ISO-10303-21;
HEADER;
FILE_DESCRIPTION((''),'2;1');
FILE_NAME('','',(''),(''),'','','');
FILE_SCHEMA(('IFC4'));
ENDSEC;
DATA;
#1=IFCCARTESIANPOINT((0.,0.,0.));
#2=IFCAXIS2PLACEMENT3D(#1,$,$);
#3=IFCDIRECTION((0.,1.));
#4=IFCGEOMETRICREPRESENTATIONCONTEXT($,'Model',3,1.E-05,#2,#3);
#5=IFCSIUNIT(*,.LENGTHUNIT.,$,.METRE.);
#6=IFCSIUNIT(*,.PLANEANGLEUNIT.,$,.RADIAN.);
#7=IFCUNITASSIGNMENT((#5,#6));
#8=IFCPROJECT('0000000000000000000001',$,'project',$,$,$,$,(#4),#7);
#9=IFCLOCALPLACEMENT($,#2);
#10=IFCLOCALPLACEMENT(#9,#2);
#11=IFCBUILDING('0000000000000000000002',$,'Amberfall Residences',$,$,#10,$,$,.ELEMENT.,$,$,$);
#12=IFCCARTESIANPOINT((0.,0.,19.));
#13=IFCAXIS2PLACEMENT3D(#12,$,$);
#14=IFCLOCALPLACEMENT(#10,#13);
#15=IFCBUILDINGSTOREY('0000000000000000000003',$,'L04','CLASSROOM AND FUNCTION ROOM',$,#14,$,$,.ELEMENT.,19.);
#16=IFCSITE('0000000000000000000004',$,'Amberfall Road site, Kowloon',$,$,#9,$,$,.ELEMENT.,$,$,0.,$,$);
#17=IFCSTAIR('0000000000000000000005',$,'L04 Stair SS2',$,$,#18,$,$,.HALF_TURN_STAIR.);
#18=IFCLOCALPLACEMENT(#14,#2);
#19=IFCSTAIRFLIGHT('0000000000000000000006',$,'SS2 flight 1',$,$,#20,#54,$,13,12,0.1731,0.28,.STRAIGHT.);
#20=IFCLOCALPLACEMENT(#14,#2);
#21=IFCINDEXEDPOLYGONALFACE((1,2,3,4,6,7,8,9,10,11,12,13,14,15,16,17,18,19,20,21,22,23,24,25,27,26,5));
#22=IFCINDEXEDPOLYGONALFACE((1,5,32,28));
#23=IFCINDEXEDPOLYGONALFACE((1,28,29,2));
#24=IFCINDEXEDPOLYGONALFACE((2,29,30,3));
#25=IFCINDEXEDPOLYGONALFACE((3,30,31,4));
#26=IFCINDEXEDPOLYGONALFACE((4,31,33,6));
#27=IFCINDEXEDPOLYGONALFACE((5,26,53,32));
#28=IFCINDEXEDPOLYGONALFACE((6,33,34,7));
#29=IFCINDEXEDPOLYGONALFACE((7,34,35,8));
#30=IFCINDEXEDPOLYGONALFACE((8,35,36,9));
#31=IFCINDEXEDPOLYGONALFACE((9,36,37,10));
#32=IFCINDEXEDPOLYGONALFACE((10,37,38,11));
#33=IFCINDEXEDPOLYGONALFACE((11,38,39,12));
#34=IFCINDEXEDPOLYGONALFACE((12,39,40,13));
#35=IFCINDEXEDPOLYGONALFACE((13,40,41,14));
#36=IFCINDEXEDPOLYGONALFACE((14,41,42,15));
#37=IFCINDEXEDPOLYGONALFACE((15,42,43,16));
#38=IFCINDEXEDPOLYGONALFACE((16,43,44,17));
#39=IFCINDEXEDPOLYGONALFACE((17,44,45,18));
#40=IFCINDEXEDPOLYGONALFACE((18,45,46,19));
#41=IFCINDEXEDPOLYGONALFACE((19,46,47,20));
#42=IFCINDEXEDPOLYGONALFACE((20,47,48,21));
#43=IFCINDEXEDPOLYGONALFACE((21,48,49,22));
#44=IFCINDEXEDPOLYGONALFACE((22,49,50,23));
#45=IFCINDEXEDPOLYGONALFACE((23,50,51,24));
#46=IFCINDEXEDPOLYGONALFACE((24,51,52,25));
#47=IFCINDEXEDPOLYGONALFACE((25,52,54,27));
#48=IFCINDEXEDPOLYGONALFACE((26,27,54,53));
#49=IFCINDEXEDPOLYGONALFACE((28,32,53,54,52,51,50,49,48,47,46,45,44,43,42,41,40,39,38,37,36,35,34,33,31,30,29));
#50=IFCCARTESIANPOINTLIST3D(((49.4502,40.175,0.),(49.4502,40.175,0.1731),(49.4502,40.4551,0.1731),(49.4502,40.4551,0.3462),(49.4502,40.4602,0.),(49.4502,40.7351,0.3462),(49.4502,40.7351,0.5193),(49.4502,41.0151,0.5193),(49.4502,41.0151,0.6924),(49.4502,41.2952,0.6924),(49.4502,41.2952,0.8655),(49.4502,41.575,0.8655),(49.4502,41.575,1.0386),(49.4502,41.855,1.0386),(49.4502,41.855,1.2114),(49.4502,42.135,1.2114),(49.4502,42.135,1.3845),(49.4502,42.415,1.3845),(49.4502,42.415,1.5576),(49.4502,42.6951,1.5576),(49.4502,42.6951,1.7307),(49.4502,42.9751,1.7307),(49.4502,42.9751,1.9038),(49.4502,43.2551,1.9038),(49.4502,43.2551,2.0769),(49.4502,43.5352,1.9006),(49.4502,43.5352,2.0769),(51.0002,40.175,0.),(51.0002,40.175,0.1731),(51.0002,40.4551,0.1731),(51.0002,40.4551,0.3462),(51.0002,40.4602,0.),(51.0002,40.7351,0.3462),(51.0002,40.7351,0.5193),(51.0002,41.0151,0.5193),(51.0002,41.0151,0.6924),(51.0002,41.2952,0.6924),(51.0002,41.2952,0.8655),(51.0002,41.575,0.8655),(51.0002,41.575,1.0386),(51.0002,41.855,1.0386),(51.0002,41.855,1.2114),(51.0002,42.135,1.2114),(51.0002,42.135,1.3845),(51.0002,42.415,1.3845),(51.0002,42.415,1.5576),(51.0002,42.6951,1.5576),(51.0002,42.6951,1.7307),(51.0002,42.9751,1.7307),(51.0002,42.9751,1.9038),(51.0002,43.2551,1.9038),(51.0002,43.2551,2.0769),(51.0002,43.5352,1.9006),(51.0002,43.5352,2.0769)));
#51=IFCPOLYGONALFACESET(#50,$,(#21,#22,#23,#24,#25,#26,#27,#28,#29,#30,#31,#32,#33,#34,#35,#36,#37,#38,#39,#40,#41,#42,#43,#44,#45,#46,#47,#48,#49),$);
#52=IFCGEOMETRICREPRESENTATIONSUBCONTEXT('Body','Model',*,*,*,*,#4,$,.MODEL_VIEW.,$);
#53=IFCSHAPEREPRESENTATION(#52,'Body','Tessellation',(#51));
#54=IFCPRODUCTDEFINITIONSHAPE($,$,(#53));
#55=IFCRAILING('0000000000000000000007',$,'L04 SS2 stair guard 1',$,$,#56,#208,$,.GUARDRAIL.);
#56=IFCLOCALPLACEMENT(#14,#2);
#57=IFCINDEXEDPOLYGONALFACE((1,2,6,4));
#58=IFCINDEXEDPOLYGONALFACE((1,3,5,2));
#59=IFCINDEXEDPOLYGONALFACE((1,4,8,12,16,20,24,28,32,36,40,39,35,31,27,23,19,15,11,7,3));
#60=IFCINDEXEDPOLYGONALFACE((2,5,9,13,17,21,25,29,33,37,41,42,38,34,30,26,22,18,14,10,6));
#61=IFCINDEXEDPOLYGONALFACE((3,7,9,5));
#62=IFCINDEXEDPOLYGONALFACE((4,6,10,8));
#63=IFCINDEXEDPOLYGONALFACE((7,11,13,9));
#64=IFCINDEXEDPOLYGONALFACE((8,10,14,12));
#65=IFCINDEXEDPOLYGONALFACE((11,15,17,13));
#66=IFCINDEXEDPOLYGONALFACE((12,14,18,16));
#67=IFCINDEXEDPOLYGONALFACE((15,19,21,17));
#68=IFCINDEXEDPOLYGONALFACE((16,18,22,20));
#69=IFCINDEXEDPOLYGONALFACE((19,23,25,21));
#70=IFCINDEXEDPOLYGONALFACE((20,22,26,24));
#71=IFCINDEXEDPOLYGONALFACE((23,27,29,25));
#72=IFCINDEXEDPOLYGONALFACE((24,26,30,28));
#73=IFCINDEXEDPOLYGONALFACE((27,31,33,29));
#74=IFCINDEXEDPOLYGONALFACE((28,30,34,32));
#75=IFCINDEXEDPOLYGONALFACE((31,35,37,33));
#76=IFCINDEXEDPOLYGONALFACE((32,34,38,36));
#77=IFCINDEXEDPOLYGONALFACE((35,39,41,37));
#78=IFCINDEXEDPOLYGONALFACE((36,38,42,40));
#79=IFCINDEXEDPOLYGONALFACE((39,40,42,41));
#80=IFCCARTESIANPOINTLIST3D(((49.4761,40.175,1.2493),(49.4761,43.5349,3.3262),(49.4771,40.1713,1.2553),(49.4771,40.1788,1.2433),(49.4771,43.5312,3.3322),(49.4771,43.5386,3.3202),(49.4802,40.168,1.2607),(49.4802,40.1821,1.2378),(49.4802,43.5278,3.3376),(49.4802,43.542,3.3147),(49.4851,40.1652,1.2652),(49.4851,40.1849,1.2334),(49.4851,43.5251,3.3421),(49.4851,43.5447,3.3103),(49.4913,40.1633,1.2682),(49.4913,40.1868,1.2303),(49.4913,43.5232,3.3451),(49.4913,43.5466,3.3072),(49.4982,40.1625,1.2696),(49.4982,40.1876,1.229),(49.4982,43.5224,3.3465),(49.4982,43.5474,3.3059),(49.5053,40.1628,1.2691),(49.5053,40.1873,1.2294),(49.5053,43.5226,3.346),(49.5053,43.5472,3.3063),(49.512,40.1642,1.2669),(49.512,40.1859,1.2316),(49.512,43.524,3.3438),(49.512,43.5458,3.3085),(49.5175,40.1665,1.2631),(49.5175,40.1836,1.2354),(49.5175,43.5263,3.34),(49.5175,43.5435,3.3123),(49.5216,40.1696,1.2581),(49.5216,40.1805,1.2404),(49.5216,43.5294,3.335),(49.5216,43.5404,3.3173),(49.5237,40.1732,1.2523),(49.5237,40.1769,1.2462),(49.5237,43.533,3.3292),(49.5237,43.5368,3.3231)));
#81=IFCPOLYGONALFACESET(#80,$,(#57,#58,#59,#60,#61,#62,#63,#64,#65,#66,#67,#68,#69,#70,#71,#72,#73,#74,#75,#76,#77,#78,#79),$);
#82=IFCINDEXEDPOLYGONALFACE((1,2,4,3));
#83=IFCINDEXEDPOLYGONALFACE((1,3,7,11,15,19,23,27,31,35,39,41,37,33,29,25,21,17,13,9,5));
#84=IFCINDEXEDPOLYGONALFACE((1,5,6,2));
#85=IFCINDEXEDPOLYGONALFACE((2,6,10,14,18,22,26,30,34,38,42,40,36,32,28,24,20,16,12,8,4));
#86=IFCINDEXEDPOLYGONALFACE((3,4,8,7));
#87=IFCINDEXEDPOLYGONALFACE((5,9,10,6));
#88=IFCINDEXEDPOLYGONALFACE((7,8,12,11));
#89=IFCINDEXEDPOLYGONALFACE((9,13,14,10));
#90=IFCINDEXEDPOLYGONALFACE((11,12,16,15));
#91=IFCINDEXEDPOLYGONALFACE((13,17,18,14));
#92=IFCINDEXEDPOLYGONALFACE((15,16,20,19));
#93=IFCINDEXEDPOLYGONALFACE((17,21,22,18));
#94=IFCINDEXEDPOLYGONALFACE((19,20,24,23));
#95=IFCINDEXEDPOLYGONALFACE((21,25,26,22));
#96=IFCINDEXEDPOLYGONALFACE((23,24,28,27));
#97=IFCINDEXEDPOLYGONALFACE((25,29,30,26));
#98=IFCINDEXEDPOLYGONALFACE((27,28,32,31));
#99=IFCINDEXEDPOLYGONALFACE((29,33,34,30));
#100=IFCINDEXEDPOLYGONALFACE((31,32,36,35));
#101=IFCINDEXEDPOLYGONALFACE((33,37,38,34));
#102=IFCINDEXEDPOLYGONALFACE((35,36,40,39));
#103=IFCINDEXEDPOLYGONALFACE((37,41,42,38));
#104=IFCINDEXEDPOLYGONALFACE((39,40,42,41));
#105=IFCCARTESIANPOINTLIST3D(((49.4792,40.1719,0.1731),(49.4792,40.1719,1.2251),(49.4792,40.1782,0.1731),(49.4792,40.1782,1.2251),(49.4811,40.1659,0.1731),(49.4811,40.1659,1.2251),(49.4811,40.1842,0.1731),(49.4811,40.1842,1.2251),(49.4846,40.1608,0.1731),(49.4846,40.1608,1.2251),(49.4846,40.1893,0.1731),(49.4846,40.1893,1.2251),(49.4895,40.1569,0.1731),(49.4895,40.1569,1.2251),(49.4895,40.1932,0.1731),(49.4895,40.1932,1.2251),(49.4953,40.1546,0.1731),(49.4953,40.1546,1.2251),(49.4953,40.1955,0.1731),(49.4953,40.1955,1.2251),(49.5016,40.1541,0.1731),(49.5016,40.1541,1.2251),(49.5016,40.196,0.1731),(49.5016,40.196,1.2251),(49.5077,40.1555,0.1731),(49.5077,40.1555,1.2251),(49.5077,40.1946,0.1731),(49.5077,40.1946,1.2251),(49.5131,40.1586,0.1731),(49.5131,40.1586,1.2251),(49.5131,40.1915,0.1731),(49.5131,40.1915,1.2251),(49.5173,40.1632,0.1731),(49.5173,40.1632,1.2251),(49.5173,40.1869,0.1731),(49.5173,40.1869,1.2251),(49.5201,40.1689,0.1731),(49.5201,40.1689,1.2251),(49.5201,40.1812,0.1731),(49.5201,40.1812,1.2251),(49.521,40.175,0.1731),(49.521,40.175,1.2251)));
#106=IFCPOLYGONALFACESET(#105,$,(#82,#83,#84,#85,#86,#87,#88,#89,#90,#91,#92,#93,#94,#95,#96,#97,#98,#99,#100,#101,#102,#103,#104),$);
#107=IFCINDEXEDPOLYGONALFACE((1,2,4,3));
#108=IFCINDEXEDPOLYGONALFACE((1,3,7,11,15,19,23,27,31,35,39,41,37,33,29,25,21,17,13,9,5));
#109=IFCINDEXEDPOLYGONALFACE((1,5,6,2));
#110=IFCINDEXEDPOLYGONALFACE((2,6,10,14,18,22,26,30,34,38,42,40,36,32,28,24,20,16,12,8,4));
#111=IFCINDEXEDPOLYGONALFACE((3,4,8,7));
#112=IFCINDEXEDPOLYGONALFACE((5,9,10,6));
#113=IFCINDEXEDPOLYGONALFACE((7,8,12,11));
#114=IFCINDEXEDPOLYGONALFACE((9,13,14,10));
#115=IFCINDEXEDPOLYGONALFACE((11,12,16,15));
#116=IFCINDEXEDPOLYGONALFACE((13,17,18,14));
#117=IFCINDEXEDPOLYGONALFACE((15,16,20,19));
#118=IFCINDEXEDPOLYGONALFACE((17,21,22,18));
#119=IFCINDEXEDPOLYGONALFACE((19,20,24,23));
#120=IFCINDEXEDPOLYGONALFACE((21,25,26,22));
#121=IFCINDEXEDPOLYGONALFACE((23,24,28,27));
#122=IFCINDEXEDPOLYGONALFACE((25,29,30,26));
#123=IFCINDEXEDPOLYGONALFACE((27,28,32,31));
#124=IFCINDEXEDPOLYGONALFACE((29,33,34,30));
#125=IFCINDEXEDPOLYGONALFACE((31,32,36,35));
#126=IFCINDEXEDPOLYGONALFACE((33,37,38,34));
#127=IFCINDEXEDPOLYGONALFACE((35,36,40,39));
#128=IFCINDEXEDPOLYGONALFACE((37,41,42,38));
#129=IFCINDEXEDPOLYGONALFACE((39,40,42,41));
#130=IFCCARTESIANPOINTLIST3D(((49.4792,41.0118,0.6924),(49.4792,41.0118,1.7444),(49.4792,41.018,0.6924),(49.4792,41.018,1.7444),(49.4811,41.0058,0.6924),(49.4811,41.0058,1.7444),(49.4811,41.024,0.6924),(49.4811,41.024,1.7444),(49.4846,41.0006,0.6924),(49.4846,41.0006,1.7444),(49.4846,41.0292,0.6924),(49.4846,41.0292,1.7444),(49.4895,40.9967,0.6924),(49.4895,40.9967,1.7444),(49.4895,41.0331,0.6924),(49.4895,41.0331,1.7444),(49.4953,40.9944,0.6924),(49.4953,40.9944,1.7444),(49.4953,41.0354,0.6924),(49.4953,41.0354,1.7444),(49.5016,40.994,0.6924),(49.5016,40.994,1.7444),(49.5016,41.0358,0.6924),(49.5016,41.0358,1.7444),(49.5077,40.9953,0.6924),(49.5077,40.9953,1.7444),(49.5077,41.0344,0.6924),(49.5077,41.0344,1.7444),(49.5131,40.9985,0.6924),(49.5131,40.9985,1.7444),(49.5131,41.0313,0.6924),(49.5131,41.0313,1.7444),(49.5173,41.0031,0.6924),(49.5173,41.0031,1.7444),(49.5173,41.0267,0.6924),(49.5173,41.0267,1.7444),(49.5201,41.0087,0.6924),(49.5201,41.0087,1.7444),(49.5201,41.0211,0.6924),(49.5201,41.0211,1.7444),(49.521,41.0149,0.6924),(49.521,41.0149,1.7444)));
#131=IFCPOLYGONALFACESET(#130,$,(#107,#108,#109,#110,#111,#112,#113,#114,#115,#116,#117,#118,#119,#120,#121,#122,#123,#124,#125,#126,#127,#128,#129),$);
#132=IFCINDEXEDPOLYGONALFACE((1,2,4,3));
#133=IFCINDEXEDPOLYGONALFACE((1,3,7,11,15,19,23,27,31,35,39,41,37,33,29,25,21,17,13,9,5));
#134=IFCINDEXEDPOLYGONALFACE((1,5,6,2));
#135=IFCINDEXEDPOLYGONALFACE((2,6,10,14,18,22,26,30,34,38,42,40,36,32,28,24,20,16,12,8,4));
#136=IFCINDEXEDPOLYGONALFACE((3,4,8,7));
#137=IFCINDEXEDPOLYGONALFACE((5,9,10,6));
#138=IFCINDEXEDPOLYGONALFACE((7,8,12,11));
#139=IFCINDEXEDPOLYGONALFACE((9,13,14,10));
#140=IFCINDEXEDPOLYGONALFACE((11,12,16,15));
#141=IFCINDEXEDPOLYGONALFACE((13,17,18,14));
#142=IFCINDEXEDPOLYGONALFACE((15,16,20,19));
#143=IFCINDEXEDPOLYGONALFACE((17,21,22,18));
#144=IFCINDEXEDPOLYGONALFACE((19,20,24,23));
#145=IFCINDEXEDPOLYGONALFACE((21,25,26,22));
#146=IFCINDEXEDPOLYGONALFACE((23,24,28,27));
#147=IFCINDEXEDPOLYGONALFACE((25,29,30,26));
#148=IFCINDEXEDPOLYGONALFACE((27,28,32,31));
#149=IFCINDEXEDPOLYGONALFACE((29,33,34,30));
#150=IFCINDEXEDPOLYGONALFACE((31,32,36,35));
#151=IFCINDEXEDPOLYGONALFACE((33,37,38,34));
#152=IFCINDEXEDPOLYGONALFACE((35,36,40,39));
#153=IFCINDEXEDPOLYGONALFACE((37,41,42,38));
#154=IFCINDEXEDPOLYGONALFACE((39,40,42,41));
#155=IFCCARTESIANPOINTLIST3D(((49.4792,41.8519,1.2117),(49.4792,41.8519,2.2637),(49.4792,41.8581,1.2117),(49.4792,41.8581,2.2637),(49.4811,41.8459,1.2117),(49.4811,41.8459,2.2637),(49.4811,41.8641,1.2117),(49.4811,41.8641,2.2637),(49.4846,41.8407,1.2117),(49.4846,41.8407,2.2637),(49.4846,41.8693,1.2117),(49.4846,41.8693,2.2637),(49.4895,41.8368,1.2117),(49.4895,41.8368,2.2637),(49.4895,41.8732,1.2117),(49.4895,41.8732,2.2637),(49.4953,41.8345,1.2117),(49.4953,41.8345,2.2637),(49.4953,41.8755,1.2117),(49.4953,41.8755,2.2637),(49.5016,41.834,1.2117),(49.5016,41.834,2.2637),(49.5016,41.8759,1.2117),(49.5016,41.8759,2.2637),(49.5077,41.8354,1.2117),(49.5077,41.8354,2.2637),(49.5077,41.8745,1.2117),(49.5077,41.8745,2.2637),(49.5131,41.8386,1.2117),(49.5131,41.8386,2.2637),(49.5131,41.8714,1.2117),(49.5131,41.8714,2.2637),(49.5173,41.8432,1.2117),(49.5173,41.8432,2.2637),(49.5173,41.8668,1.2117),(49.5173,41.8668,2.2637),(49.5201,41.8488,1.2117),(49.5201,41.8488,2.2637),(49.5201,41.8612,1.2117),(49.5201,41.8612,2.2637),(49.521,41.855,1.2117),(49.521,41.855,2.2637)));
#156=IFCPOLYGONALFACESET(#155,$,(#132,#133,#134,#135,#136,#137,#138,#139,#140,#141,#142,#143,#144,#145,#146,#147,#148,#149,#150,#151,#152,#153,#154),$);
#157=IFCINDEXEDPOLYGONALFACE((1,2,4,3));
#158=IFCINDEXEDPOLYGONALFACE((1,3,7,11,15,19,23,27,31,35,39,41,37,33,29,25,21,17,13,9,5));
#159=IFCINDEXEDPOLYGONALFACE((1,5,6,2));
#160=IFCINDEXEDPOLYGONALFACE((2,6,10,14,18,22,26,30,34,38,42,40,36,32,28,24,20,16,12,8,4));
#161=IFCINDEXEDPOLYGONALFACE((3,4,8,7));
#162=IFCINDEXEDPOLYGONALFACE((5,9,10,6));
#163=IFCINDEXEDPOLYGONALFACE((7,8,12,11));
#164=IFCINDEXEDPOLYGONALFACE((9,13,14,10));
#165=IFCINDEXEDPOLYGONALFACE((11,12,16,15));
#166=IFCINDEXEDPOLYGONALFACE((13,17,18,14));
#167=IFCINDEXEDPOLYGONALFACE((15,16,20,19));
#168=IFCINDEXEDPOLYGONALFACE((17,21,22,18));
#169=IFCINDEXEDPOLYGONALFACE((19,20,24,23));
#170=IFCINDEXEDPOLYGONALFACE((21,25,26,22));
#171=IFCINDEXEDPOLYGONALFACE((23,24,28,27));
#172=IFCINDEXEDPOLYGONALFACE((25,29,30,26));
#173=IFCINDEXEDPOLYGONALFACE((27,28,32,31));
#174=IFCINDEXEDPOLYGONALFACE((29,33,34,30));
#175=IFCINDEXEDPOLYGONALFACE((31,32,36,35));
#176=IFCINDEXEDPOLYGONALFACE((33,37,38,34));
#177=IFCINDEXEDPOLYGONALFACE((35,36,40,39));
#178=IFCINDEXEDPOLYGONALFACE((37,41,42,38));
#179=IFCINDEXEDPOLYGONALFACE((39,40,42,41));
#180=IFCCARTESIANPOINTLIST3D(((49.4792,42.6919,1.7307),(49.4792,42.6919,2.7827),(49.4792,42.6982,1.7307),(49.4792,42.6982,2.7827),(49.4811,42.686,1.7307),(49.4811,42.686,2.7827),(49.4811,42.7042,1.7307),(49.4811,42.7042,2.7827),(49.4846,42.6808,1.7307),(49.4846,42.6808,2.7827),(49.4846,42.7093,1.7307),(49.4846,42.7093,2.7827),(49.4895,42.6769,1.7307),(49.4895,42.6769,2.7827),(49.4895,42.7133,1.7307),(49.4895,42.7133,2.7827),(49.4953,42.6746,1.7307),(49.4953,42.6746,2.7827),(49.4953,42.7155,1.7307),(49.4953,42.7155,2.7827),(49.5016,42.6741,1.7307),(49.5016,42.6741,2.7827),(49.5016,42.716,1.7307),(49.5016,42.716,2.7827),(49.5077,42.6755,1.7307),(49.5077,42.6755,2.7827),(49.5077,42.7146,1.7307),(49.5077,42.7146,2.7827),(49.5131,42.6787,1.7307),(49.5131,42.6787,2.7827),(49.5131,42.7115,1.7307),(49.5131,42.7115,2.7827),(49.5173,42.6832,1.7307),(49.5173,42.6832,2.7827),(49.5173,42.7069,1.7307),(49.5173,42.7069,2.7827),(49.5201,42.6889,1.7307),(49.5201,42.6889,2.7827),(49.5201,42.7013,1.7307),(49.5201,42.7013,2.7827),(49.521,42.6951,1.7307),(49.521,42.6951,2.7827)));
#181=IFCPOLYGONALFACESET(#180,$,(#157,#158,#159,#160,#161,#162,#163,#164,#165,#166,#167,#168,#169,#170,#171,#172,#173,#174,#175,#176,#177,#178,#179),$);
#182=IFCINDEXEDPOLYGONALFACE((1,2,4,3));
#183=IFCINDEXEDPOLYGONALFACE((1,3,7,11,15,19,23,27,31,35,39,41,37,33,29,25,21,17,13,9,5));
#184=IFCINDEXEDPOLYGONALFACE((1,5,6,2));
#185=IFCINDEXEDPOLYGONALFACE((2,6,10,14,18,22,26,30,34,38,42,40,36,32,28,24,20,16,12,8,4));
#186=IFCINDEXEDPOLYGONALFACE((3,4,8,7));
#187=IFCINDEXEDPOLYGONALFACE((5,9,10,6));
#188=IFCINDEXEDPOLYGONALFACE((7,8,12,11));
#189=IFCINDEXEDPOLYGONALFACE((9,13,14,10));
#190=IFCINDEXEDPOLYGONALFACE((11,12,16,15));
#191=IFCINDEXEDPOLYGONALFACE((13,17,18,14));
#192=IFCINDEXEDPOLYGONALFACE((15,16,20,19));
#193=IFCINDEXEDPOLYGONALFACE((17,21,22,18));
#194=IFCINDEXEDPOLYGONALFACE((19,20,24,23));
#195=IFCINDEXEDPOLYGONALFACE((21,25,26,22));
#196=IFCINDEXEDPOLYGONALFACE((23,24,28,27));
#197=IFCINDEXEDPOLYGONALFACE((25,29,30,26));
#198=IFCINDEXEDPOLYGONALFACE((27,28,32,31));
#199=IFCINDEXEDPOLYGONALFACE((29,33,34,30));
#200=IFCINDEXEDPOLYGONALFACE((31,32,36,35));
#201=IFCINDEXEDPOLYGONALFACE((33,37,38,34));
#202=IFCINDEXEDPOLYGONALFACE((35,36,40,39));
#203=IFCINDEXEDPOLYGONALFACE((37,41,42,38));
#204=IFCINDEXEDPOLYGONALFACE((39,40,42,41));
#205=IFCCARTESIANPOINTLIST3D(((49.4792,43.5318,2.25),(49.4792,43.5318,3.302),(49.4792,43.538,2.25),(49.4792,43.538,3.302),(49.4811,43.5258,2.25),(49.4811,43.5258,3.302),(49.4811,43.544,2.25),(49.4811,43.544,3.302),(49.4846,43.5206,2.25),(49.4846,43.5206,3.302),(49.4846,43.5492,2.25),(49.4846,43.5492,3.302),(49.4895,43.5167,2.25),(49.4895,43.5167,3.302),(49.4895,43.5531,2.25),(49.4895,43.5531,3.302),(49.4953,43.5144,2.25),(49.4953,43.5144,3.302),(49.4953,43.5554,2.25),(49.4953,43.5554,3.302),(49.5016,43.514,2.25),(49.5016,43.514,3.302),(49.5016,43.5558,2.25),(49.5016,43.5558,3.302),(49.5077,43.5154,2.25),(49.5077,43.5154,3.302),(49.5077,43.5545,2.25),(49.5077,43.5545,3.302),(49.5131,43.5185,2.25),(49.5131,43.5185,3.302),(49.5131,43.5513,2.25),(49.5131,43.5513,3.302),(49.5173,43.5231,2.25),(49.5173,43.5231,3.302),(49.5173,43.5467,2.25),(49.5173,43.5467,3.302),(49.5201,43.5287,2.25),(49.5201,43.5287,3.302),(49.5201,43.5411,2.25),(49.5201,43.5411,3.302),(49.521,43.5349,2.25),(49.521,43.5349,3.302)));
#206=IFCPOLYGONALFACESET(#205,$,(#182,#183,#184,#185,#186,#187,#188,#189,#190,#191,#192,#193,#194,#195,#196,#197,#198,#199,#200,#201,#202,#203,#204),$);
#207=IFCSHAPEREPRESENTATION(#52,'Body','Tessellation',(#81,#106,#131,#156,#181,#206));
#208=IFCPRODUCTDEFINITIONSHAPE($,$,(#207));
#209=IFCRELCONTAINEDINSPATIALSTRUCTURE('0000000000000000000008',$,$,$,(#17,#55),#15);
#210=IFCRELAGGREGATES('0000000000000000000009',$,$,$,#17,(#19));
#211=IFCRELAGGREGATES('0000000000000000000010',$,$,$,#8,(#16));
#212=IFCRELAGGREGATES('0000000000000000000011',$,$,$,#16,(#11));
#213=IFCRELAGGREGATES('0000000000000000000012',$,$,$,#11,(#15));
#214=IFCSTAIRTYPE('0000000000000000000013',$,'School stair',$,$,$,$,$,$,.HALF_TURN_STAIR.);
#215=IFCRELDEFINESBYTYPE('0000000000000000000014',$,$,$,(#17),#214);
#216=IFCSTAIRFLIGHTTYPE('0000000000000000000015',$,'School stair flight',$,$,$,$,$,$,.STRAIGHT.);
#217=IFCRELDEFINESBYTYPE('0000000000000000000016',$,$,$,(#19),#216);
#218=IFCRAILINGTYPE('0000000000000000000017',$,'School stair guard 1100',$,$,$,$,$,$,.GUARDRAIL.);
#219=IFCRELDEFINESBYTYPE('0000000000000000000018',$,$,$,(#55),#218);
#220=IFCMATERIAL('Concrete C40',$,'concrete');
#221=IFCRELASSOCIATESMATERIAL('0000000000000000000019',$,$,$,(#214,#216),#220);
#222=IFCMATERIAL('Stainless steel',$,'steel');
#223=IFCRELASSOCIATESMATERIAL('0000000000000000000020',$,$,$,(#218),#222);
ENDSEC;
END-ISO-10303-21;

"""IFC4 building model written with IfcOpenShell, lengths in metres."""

from ifc_helpers import new_model, si_unit, direction, frame, origin, origin_2d, place, context, subcontext, project, spatial, polyline, circle, outline, extrude, material, type_object, element, aggregate, save


model = new_model("IFC4")

# Units and contexts
model_context = context("Model", 3, precision=1e-05, world=origin(), true_north=direction((0.0, 1.0)))
body_context = subcontext(model_context, "Body", "Model", "MODEL_VIEW")
ifc_project = project(units=[si_unit("LENGTHUNIT", "METRE"), si_unit("PLANEANGLEUNIT", "RADIAN")], contexts=[model_context])

# Site, building, storey
site_placement = place(None, origin())
site = spatial("IfcSite", under=ifc_project, at=site_placement, Name="Amberfall Road site, Kowloon", CompositionType="ELEMENT", RefElevation=0.0)
building_placement = place(site_placement, origin())
building = spatial("IfcBuilding", under=site, at=building_placement, Name="Amberfall Residences", CompositionType="ELEMENT")
storey_placement = place(building_placement, frame((0.0, 0.0, 19.0)))
storey = spatial("IfcBuildingStorey", under=building, at=storey_placement, Name="L04", Description="CLASSROOM AND FUNCTION ROOM", CompositionType="ELEMENT", Elevation=19.0)

# Shared definitions
ifc_material_1 = material(Name="Concrete C40", Category="concrete")

# Stair, stair flight
stair_type = type_object("IfcStairType", Name="School stair", PredefinedType="HALF_TURN_STAIR", material=ifc_material_1)
stair_placement = place(storey_placement, origin())
stair = element("IfcStair", 1, at=stair_placement, inside=storey, type_object=stair_type, Name="L04 Stair SS2", PredefinedType="HALF_TURN_STAIR")
stair_flight_type = type_object("IfcStairFlightType", Name="School stair flight", PredefinedType="STRAIGHT", material=ifc_material_1)
stair_flight_placement = place(storey_placement, frame((50.2251, 40.175, 0.0), z_axis=(0.0, 0.0, 1.0), x_axis=(0.0, 1.0, 0.0)))
stair_flight = element("IfcStairFlight", 2, at=stair_flight_placement, type_object=stair_flight_type, Name="SS2 flight 1", NumberOfRisers=13, NumberOfTreads=12, PredefinedType="STRAIGHT", RiserHeight=0.1731, TreadLength=0.28, context=body_context, shape_type="SweptSolid", body=[
    extrude(outline(polyline([(0.0, 0.0), (0.0, 0.1731), (0.28, 0.1731), (0.28, 0.3462), (0.5601, 0.3462), (0.5601, 0.5193), (0.8401, 0.5193), (0.8401, 0.6924), (1.1201, 0.6924), (1.1201, 0.8655), (1.3999, 0.8655), (1.3999, 1.0386), (1.6799, 1.0386), (1.6799, 1.2114), (1.96, 1.2114), (1.96, 1.3845), (2.24, 1.3845), (2.24, 1.5576), (2.52, 1.5576), (2.52, 1.7307), (2.8, 1.7307), (2.8, 1.9038), (3.0801, 1.9038), (3.0801, 2.0769), (3.3601, 2.0769), (3.3601, 2.25), (3.3601, 1.9006), (0.2852, 0.0), (0.0, 0.0)])), frame((0.0, 0.7749, 0.0), z_axis=(0.0, -1.0, 0.0), x_axis=(1.0, 0.0, 0.0)), (0.0, 0.0, 1.0), 1.55),
])
aggregate(stair, [stair_flight])

# Railing
ifc_material_2 = material(Name="Stainless steel", Category="steel")
railing_type_1 = type_object("IfcRailingType", Name="School stair guard 1100", PredefinedType="GUARDRAIL", material=ifc_material_2)
railing_1_placement = place(storey_placement, frame((49.5, 40.175, 0.1731)))
element("IfcRailing", 3, at=railing_1_placement, inside=storey, type_object=railing_type_1, Name="L04 SS2 stair guard 1", PredefinedType="GUARDRAIL", context=body_context, shape_type="SweptSolid", body=[
    extrude(circle(Radius=0.0239, at=origin_2d()), frame((0.0, 0.0, 1.0762), z_axis=(0.0, 0.850606, 0.525803), x_axis=(-1.0, 0.0, 0.0)), (0.0, 0.0, 1.0), 3.95),
    extrude(circle(Radius=0.021, at=origin_2d()), origin(), (0.0, 0.0, 1.0), 1.052),
    extrude(circle(Radius=0.021, at=origin_2d()), frame((0.0, 0.8398, 0.5193)), (0.0, 0.0, 1.0), 1.052),
    extrude(circle(Radius=0.021, at=origin_2d()), frame((0.0, 1.6799, 1.0386)), (0.0, 0.0, 1.0), 1.052),
    extrude(circle(Radius=0.021, at=origin_2d()), frame((0.0, 2.52, 1.5576)), (0.0, 0.0, 1.0), 1.052),
    extrude(circle(Radius=0.021, at=origin_2d()), frame((0.0, 3.3599, 2.0769)), (0.0, 0.0, 1.0), 1.052),
])

save(model, "model.ifc")
